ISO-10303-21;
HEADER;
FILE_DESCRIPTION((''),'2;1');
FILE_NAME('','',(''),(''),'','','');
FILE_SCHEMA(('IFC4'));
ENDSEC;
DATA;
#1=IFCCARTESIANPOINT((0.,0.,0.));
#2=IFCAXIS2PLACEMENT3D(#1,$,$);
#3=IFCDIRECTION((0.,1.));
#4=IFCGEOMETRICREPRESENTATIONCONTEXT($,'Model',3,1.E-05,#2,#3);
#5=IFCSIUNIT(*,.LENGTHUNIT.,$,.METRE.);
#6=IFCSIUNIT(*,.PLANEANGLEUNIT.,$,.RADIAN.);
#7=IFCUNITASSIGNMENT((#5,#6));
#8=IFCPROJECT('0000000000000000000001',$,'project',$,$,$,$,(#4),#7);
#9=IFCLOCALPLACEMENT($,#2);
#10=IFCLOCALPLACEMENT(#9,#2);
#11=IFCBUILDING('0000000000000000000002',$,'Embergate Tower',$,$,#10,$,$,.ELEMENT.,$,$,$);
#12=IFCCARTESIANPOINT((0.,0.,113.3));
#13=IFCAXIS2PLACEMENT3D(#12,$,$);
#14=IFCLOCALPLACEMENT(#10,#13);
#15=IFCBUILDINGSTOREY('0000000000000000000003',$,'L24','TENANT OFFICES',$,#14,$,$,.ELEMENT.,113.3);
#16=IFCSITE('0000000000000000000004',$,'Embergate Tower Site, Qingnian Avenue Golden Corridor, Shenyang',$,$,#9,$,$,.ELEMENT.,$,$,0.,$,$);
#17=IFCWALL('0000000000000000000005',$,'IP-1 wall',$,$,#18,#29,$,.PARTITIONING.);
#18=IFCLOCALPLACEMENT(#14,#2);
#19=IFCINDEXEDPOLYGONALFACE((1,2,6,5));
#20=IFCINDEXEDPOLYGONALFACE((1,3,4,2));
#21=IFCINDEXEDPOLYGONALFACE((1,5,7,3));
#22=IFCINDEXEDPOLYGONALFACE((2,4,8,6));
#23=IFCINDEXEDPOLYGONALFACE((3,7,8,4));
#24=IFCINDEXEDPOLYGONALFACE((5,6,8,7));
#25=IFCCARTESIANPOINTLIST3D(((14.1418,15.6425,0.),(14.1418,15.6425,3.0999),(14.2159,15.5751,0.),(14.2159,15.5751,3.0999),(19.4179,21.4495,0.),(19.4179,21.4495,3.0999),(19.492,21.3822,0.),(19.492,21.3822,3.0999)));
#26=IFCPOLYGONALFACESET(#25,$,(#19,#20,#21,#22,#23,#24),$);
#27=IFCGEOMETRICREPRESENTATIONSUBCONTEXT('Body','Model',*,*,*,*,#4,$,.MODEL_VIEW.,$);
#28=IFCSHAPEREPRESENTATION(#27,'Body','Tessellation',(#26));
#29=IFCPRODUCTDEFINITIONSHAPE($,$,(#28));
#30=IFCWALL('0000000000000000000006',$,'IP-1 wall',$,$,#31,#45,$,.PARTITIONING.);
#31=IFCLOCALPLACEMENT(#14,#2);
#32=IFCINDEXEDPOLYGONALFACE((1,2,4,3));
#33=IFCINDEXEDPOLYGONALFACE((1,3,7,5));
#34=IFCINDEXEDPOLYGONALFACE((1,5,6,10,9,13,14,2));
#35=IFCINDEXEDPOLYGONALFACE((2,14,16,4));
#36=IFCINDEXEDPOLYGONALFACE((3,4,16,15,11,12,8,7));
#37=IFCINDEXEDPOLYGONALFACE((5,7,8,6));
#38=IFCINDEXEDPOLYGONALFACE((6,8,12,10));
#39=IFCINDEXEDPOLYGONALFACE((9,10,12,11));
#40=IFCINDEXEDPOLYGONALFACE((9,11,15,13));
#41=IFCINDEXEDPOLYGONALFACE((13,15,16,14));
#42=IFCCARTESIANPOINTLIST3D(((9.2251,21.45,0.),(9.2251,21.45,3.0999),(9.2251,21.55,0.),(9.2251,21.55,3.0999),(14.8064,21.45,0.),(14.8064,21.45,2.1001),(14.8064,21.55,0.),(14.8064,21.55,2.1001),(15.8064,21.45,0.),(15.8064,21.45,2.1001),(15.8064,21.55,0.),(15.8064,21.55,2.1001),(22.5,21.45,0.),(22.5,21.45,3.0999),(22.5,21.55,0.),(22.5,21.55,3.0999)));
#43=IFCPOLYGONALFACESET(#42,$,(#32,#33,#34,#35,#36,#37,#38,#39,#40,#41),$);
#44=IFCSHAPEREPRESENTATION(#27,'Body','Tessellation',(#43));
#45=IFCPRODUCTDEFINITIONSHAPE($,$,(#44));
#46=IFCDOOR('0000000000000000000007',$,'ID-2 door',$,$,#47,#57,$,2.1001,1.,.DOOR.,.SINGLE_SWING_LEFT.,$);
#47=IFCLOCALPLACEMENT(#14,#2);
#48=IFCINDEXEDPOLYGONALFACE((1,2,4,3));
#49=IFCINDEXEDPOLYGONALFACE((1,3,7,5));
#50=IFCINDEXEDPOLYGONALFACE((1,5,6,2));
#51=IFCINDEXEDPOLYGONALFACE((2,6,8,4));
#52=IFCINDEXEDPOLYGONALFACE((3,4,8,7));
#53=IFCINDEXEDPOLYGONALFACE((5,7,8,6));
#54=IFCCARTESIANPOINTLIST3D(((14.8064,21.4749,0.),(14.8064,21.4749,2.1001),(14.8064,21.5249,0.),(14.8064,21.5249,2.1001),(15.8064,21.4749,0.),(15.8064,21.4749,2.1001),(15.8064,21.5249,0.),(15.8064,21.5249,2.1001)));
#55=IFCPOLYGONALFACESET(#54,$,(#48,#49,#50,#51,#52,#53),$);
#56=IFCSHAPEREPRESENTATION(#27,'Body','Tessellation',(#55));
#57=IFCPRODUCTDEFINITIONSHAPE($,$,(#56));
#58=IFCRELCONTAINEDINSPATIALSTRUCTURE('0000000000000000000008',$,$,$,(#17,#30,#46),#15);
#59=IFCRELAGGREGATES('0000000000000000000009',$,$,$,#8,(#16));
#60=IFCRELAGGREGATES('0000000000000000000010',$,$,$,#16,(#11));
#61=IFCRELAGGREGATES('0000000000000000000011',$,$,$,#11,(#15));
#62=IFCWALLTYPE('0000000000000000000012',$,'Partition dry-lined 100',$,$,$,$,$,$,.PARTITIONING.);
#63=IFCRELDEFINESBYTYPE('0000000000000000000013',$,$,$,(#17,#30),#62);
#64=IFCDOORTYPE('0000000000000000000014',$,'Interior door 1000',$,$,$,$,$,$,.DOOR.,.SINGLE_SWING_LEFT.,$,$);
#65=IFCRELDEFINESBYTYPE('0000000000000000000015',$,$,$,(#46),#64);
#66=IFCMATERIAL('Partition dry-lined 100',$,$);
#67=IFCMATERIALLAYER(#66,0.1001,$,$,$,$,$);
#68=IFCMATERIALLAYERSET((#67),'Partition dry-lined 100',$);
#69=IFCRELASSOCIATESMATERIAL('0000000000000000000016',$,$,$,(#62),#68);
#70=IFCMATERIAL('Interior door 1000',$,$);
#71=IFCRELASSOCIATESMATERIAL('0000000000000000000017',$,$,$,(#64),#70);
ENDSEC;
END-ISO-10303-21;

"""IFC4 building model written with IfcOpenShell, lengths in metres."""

from ifc_helpers import new_model, si_unit, direction, frame, frame_2d, origin, place, context, subcontext, project, spatial, rectangle, extrude, source, transform, mapped, material, layer, layer_set, type_object, element, fill, save


model = new_model("IFC4")

# Units and contexts
model_context = context("Model", 3, precision=1e-05, world=origin(), true_north=direction((0.0, 1.0)))
body_context = subcontext(model_context, "Body", "Model", "MODEL_VIEW")
ifc_project = project(units=[si_unit("LENGTHUNIT", "METRE"), si_unit("PLANEANGLEUNIT", "RADIAN")], contexts=[model_context])

# Site, building, storey
site_placement = place(None, origin())
site = spatial("IfcSite", under=ifc_project, at=site_placement, Name="Embergate Tower Site, Qingnian Avenue Golden Corridor, Shenyang", CompositionType="ELEMENT", RefElevation=0.0)
building_placement = place(site_placement, origin())
building = spatial("IfcBuilding", under=site, at=building_placement, Name="Embergate Tower", CompositionType="ELEMENT")
storey_placement = place(building_placement, frame((0.0, 0.0, 113.3)))
storey = spatial("IfcBuildingStorey", under=building, at=storey_placement, Name="L24", Description="TENANT OFFICES", CompositionType="ELEMENT", Elevation=113.3)

# Shared definitions
ifc_material_1 = material(Name="Partition dry-lined 100")
ifc_layer_1 = layer(ifc_material_1, 0.1001)
ifc_layer_set_1 = layer_set([ifc_layer_1], Name="Partition dry-lined 100")
wall_type_1 = type_object("IfcWallType", Name="Partition dry-lined 100", PredefinedType="PARTITIONING", material=ifc_layer_set_1)

# Shared definitions
ifc_material_2 = material(Name="Interior door 1000")
door_type_1 = type_object("IfcDoorType", Name="Interior door 1000", OperationType="SINGLE_SWING_LEFT", PredefinedType="DOOR", material=ifc_material_2)
shared_shape_1 = source(origin(), body_context, "Body", "SweptSolid", [
    extrude(rectangle(XDim=1.0, YDim=2.1001, at=frame_2d((0.5, 1.05))), frame((0.0, 0.0249, 0.0), z_axis=(0.0, -1.0, 0.0), x_axis=(1.0, 0.0, 0.0)), (0.0, 0.0, 1.0), 0.05),
])

# Wall
shared_shape_2 = source(origin(), body_context, "Body", "SweptSolid", [
    extrude(rectangle(XDim=7.8459, YDim=0.1001, at=frame_2d((3.9229, 0.0))), origin(), (0.0, 0.0, 1.0), 3.0999),
])
wall_1_placement = place(storey_placement, frame((14.179, 15.6089, 0.0), z_axis=(0.0, 0.0, 1.0), x_axis=(0.672457, 0.740136, 0.0)))
element("IfcWall", 1, at=wall_1_placement, inside=storey, type_object=wall_type_1, Name="IP-1 wall", PredefinedType="PARTITIONING", context=body_context, shape_type="MappedRepresentation", body=[
    mapped(shared_shape_2, transform((0.0, 0.0, 0.0))),
])

# Wall, opening, door
shared_shape_3 = source(origin(), body_context, "Body", "SweptSolid", [
    extrude(rectangle(XDim=13.2749, YDim=0.1001, at=frame_2d((6.6375, 0.0))), origin(), (0.0, 0.0, 1.0), 3.0999),
])
wall_2_placement = place(storey_placement, frame((9.2251, 21.5, 0.0), z_axis=(0.0, 0.0, 1.0), x_axis=(1.0, 0.0, 0.0)))
wall_2 = element("IfcWall", 2, at=wall_2_placement, inside=storey, type_object=wall_type_1, Name="IP-1 wall", PredefinedType="PARTITIONING", context=body_context, shape_type="MappedRepresentation", body=[
    mapped(shared_shape_3, transform((0.0, 0.0, 0.0))),
])
shared_shape_4 = source(origin(), body_context, "Body", "SweptSolid", [
    extrude(rectangle(XDim=1.0, YDim=2.1001, at=frame_2d((0.5, 1.05))), frame((0.0, 0.0601, 0.0), z_axis=(0.0, -1.0, 0.0), x_axis=(1.0, 0.0, 0.0)), (0.0, 0.0, 1.0), 0.1201),
])
opening_1_placement = place(wall_2_placement, frame((5.5813, 0.0, 0.0)))
opening_1 = element("IfcOpeningElement", 3, at=opening_1_placement, cuts=wall_2, PredefinedType="OPENING", context=body_context, shape_type="MappedRepresentation", body=[
    mapped(shared_shape_4, transform((0.0, 0.0, 0.0))),
])
door_1_placement = place(opening_1_placement, origin())
door_1 = element("IfcDoor", 4, at=door_1_placement, inside=storey, type_object=door_type_1, Name="ID-2 door", OperationType="SINGLE_SWING_LEFT", OverallHeight=2.1001, OverallWidth=1.0, PredefinedType="DOOR", context=body_context, shape_type="MappedRepresentation", body=[
    mapped(shared_shape_1, transform((0.0, 0.0, 0.0))),
])
fill(opening_1, door_1)

save(model, "model.ifc")
